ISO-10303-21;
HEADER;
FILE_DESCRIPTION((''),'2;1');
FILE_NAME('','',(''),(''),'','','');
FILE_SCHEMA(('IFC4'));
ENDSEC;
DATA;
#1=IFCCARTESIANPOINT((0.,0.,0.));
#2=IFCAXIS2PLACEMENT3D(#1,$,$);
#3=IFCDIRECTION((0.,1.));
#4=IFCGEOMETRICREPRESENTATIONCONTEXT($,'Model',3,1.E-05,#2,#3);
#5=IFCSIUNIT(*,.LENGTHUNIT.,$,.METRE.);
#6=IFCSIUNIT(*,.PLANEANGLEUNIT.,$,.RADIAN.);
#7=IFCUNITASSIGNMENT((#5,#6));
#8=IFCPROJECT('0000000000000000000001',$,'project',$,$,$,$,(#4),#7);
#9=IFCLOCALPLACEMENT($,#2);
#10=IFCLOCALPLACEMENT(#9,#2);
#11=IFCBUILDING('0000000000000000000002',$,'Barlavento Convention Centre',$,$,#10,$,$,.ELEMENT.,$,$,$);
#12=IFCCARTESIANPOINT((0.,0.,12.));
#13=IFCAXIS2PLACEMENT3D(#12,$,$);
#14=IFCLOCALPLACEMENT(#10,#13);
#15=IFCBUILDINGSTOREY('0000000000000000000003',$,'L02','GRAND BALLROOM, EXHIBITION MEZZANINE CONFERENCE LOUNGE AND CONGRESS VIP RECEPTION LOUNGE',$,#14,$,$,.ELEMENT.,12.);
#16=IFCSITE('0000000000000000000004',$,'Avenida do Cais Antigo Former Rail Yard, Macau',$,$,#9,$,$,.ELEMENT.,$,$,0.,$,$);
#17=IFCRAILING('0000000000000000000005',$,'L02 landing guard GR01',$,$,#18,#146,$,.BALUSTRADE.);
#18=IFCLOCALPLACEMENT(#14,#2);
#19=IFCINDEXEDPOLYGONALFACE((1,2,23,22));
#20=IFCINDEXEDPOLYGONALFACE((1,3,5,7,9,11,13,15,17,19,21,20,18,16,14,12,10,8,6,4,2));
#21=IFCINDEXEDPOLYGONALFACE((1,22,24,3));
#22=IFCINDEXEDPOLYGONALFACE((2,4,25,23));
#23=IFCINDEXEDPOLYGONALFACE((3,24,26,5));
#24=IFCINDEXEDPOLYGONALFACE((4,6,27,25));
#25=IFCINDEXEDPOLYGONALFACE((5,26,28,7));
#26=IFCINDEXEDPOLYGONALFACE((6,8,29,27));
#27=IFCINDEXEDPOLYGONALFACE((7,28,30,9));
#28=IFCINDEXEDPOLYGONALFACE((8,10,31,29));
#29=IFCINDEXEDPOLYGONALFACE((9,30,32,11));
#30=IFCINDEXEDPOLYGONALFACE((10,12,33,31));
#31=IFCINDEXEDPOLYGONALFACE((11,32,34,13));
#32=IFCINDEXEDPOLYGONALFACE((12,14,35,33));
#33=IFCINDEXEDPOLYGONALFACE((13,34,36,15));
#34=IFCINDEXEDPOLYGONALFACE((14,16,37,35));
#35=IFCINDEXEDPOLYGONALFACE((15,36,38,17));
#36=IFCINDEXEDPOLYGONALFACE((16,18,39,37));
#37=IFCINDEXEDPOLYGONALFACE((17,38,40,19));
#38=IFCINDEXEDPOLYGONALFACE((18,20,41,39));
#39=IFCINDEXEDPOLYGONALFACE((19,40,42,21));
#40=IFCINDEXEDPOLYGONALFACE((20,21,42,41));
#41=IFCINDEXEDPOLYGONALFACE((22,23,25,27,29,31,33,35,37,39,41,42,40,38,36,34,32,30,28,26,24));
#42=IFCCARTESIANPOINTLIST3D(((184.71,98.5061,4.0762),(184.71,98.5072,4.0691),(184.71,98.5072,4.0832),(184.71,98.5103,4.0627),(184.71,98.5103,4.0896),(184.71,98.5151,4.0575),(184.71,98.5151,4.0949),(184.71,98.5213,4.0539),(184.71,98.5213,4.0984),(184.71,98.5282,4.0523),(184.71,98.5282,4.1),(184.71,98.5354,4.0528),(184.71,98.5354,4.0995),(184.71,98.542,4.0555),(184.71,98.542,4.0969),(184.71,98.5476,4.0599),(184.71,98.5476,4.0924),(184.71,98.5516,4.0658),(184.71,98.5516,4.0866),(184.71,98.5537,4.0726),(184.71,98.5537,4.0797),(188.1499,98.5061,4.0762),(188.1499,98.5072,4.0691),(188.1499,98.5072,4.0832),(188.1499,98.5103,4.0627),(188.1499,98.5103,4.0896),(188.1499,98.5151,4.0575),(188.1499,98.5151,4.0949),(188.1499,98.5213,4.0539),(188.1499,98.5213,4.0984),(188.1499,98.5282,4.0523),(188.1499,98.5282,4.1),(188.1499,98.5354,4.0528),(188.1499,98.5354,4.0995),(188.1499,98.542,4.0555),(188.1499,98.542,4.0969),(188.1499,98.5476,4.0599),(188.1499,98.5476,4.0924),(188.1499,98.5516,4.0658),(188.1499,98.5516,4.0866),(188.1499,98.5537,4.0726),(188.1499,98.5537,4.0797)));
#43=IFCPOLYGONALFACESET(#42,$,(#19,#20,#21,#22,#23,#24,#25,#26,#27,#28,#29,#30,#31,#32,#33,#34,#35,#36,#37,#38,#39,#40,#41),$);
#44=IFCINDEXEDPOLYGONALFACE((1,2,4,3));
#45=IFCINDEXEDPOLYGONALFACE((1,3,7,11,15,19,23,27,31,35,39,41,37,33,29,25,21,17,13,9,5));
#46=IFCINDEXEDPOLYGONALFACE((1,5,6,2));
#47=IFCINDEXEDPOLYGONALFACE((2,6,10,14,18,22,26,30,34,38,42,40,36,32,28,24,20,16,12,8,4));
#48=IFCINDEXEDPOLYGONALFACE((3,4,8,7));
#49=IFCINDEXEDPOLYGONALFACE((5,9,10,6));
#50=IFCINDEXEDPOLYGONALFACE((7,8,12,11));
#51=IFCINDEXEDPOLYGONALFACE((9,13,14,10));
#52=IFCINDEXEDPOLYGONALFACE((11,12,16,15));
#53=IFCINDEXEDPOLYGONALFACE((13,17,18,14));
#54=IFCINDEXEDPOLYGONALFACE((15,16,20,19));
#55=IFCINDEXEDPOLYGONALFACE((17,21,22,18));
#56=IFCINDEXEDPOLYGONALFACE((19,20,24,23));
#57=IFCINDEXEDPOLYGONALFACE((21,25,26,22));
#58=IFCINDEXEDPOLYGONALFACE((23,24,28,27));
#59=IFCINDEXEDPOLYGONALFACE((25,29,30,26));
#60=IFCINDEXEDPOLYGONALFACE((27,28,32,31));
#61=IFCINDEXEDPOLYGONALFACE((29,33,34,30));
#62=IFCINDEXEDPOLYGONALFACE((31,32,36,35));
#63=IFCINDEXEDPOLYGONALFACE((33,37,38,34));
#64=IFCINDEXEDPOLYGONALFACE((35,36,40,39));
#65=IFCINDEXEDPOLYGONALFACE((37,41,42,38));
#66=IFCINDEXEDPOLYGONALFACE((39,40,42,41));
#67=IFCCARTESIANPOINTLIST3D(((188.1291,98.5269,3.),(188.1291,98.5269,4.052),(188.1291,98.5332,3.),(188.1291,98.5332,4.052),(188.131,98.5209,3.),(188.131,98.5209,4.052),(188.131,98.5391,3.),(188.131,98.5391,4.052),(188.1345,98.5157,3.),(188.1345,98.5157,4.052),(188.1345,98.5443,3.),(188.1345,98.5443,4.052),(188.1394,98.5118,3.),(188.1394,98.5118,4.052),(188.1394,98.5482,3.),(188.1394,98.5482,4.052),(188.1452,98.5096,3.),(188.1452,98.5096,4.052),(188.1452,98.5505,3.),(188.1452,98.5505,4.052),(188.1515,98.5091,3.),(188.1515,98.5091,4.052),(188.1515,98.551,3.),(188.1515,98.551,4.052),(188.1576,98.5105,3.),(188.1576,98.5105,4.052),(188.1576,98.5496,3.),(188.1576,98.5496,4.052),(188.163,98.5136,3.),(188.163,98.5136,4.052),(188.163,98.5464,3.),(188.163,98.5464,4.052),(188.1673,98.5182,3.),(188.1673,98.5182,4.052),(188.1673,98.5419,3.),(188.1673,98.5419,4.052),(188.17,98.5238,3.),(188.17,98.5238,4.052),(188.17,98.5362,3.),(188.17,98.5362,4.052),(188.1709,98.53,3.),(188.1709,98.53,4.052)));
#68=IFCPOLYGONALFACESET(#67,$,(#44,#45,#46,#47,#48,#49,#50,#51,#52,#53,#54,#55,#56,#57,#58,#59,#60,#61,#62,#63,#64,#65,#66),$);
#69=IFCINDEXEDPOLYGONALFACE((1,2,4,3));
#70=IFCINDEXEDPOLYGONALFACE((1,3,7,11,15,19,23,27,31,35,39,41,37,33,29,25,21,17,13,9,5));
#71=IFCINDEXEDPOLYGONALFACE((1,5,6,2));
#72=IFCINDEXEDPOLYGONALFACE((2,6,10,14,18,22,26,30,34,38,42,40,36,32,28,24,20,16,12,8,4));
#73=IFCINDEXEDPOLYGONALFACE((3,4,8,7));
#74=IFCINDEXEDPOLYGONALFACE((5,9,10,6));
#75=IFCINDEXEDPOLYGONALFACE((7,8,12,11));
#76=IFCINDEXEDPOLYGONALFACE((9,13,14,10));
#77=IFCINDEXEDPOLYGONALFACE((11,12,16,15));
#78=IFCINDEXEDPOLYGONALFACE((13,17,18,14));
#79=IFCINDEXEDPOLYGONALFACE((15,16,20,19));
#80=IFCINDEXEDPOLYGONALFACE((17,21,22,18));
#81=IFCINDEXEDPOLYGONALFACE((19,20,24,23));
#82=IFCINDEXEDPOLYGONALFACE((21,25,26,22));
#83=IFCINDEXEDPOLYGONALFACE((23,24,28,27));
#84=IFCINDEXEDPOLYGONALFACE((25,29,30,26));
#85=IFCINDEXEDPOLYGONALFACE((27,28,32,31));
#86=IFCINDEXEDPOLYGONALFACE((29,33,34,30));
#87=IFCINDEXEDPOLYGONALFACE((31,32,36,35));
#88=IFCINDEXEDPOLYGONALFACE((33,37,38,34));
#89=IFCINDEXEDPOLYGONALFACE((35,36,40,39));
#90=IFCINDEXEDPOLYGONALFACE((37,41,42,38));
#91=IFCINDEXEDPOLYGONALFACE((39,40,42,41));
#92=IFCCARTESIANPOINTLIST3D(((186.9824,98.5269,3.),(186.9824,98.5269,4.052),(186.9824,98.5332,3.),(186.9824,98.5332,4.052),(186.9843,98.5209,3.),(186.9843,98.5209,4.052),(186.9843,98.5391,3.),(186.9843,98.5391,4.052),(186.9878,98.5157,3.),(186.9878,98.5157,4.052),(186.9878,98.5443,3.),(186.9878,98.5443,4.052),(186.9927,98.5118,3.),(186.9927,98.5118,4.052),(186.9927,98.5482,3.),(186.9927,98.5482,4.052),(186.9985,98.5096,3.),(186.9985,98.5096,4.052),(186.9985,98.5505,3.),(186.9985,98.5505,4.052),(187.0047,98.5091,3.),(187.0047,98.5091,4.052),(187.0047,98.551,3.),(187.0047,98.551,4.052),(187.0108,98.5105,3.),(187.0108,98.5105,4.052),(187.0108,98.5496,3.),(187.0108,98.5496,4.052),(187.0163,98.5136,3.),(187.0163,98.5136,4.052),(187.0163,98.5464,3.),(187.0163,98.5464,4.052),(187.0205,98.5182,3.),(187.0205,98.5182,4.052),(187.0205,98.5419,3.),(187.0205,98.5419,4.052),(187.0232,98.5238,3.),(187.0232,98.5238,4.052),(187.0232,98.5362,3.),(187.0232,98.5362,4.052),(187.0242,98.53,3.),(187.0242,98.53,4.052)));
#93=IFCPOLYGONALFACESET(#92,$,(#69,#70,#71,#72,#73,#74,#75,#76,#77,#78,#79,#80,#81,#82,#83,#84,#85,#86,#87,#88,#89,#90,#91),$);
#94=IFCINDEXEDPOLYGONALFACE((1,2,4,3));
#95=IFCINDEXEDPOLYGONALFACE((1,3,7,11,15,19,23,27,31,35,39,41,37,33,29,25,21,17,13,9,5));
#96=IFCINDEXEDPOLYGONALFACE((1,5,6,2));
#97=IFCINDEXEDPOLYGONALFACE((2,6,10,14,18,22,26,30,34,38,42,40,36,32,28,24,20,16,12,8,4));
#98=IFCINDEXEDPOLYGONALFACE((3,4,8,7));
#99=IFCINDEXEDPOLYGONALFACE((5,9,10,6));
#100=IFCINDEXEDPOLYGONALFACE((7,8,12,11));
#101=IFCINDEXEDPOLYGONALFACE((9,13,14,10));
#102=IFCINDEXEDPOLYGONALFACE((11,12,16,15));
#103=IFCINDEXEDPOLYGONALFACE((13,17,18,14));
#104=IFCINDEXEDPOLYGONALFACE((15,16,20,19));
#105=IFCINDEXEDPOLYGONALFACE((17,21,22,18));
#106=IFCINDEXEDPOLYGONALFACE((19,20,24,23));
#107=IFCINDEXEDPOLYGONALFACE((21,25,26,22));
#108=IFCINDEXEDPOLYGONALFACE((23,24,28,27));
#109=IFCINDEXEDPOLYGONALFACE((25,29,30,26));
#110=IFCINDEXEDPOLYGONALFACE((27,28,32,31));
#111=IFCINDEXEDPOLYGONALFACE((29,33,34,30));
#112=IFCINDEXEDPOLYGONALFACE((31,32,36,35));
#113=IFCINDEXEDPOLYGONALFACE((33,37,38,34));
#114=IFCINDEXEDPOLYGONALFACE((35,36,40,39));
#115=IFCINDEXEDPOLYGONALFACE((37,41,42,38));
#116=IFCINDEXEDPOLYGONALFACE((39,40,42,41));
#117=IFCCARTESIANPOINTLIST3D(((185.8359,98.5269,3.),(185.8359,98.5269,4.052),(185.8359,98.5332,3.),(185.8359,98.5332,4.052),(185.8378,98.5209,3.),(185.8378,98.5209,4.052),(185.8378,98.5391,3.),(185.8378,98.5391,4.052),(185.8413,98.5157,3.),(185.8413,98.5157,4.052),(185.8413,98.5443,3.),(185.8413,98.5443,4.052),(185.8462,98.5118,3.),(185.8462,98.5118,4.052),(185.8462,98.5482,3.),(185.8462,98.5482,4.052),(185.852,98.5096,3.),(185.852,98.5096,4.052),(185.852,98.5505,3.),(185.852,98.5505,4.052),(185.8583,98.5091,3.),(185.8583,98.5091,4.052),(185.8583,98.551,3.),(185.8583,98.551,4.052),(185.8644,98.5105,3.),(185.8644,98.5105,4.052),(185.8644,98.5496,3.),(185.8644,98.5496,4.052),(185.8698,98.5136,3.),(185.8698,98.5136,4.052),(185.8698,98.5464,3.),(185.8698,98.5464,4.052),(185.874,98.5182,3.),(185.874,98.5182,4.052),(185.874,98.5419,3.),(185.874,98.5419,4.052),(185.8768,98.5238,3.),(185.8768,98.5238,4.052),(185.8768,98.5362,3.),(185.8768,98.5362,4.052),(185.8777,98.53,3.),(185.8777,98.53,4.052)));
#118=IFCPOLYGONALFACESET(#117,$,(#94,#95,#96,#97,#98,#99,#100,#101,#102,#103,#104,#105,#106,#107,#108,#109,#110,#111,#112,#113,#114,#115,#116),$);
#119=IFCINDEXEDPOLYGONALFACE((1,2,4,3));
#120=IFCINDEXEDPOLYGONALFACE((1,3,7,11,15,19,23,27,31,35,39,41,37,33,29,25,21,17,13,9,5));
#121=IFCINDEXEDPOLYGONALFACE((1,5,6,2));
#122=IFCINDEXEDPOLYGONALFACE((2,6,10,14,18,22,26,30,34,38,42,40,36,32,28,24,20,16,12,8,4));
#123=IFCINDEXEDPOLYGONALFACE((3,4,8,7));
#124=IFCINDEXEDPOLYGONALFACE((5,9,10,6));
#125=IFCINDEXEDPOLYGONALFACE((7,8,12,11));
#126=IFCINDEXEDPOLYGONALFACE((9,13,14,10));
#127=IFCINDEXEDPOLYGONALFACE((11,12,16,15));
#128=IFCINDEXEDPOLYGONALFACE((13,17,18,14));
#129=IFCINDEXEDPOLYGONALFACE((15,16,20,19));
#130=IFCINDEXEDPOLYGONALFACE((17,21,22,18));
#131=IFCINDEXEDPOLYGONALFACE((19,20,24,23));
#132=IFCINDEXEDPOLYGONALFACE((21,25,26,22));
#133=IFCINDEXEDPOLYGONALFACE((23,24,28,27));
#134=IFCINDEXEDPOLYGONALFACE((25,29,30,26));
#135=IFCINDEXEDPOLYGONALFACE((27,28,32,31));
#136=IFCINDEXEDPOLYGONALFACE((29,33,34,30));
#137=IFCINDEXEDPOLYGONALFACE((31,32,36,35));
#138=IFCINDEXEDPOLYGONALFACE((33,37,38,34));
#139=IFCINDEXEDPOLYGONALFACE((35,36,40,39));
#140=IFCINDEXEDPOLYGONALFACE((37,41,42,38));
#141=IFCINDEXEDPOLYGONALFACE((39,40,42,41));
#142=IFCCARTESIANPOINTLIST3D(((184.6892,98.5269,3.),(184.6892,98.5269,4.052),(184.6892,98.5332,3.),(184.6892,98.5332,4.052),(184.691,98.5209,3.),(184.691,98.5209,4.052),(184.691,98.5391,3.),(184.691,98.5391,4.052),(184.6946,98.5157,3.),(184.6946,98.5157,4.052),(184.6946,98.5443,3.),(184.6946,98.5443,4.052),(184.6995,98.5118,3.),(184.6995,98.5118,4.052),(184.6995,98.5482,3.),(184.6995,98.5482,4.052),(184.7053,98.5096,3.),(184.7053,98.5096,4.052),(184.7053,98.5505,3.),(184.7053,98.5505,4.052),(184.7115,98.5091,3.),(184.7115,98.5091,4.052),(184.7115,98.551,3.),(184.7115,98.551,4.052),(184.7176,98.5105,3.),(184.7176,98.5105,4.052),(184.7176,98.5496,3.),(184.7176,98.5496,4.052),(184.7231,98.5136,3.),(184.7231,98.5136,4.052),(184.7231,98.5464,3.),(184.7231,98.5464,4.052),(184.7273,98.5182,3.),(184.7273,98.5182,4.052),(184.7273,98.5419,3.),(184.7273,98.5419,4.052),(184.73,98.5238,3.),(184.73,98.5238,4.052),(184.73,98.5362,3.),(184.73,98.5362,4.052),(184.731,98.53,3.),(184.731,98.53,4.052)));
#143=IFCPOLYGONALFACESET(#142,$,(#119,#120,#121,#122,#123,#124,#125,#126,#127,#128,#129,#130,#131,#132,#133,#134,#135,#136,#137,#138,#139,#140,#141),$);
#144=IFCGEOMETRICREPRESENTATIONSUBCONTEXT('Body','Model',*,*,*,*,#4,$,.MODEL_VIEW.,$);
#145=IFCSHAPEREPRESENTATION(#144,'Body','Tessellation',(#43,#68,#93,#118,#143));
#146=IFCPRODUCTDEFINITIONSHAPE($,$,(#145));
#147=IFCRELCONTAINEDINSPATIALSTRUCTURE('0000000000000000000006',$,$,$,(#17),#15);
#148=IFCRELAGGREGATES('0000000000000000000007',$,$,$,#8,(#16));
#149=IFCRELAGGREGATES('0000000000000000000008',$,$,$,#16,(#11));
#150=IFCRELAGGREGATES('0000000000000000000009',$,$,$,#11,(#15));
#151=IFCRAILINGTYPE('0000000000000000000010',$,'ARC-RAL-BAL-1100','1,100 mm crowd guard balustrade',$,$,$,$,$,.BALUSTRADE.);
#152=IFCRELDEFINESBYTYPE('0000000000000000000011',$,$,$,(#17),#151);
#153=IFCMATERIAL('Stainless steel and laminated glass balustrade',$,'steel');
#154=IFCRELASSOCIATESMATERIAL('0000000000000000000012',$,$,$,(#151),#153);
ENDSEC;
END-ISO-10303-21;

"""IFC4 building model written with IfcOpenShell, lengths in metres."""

from ifc_helpers import new_model, si_unit, direction, frame, origin, origin_2d, place, context, subcontext, project, spatial, circle, extrude, material, type_object, element, save


model = new_model("IFC4")

# Units and contexts
model_context = context("Model", 3, precision=1e-05, world=origin(), true_north=direction((0.0, 1.0)))
body_context = subcontext(model_context, "Body", "Model", "MODEL_VIEW")
ifc_project = project(units=[si_unit("LENGTHUNIT", "METRE"), si_unit("PLANEANGLEUNIT", "RADIAN")], contexts=[model_context])

# Site, building, storey
site_placement = place(None, origin())
site = spatial("IfcSite", under=ifc_project, at=site_placement, Name="Avenida do Cais Antigo Former Rail Yard, Macau", CompositionType="ELEMENT", RefElevation=0.0)
building_placement = place(site_placement, origin())
building = spatial("IfcBuilding", under=site, at=building_placement, Name="Barlavento Convention Centre", CompositionType="ELEMENT")
storey_placement = place(building_placement, frame((0.0, 0.0, 12.0)))
storey = spatial("IfcBuildingStorey", under=building, at=storey_placement, Name="L02", Description="GRAND BALLROOM, EXHIBITION MEZZANINE CONFERENCE LOUNGE AND CONGRESS VIP RECEPTION LOUNGE", CompositionType="ELEMENT", Elevation=12.0)

# Railing
ifc_material_1 = material(Name="Stainless steel and laminated glass balustrade", Category="steel")
railing_type_1 = type_object("IfcRailingType", Name="ARC-RAL-BAL-1100", Description="1,100 mm crowd guard balustrade", PredefinedType="BALUSTRADE", material=ifc_material_1)
railing_1_placement = place(storey_placement, frame((188.1499, 98.53, 3.0)))
element("IfcRailing", 1, at=railing_1_placement, inside=storey, type_object=railing_type_1, Name="L02 landing guard GR01", PredefinedType="BALUSTRADE", context=body_context, shape_type="SweptSolid", body=[
    extrude(circle(Radius=0.0239, at=origin_2d()), frame((0.0, 0.0, 1.0762), z_axis=(-1.0, 0.0, 0.0), x_axis=(0.0, -1.0, 0.0)), (0.0, 0.0, 1.0), 3.4399),
    extrude(circle(Radius=0.021, at=origin_2d()), origin(), (0.0, 0.0, 1.0), 1.052),
    extrude(circle(Radius=0.021, at=origin_2d()), frame((-1.1467, 0.0, 0.0)), (0.0, 0.0, 1.0), 1.052),
    extrude(circle(Radius=0.021, at=origin_2d()), frame((-2.2932, 0.0, 0.0)), (0.0, 0.0, 1.0), 1.052),
    extrude(circle(Radius=0.021, at=origin_2d()), frame((-3.4399, 0.0, 0.0)), (0.0, 0.0, 1.0), 1.052),
])

save(model, "model.ifc")
